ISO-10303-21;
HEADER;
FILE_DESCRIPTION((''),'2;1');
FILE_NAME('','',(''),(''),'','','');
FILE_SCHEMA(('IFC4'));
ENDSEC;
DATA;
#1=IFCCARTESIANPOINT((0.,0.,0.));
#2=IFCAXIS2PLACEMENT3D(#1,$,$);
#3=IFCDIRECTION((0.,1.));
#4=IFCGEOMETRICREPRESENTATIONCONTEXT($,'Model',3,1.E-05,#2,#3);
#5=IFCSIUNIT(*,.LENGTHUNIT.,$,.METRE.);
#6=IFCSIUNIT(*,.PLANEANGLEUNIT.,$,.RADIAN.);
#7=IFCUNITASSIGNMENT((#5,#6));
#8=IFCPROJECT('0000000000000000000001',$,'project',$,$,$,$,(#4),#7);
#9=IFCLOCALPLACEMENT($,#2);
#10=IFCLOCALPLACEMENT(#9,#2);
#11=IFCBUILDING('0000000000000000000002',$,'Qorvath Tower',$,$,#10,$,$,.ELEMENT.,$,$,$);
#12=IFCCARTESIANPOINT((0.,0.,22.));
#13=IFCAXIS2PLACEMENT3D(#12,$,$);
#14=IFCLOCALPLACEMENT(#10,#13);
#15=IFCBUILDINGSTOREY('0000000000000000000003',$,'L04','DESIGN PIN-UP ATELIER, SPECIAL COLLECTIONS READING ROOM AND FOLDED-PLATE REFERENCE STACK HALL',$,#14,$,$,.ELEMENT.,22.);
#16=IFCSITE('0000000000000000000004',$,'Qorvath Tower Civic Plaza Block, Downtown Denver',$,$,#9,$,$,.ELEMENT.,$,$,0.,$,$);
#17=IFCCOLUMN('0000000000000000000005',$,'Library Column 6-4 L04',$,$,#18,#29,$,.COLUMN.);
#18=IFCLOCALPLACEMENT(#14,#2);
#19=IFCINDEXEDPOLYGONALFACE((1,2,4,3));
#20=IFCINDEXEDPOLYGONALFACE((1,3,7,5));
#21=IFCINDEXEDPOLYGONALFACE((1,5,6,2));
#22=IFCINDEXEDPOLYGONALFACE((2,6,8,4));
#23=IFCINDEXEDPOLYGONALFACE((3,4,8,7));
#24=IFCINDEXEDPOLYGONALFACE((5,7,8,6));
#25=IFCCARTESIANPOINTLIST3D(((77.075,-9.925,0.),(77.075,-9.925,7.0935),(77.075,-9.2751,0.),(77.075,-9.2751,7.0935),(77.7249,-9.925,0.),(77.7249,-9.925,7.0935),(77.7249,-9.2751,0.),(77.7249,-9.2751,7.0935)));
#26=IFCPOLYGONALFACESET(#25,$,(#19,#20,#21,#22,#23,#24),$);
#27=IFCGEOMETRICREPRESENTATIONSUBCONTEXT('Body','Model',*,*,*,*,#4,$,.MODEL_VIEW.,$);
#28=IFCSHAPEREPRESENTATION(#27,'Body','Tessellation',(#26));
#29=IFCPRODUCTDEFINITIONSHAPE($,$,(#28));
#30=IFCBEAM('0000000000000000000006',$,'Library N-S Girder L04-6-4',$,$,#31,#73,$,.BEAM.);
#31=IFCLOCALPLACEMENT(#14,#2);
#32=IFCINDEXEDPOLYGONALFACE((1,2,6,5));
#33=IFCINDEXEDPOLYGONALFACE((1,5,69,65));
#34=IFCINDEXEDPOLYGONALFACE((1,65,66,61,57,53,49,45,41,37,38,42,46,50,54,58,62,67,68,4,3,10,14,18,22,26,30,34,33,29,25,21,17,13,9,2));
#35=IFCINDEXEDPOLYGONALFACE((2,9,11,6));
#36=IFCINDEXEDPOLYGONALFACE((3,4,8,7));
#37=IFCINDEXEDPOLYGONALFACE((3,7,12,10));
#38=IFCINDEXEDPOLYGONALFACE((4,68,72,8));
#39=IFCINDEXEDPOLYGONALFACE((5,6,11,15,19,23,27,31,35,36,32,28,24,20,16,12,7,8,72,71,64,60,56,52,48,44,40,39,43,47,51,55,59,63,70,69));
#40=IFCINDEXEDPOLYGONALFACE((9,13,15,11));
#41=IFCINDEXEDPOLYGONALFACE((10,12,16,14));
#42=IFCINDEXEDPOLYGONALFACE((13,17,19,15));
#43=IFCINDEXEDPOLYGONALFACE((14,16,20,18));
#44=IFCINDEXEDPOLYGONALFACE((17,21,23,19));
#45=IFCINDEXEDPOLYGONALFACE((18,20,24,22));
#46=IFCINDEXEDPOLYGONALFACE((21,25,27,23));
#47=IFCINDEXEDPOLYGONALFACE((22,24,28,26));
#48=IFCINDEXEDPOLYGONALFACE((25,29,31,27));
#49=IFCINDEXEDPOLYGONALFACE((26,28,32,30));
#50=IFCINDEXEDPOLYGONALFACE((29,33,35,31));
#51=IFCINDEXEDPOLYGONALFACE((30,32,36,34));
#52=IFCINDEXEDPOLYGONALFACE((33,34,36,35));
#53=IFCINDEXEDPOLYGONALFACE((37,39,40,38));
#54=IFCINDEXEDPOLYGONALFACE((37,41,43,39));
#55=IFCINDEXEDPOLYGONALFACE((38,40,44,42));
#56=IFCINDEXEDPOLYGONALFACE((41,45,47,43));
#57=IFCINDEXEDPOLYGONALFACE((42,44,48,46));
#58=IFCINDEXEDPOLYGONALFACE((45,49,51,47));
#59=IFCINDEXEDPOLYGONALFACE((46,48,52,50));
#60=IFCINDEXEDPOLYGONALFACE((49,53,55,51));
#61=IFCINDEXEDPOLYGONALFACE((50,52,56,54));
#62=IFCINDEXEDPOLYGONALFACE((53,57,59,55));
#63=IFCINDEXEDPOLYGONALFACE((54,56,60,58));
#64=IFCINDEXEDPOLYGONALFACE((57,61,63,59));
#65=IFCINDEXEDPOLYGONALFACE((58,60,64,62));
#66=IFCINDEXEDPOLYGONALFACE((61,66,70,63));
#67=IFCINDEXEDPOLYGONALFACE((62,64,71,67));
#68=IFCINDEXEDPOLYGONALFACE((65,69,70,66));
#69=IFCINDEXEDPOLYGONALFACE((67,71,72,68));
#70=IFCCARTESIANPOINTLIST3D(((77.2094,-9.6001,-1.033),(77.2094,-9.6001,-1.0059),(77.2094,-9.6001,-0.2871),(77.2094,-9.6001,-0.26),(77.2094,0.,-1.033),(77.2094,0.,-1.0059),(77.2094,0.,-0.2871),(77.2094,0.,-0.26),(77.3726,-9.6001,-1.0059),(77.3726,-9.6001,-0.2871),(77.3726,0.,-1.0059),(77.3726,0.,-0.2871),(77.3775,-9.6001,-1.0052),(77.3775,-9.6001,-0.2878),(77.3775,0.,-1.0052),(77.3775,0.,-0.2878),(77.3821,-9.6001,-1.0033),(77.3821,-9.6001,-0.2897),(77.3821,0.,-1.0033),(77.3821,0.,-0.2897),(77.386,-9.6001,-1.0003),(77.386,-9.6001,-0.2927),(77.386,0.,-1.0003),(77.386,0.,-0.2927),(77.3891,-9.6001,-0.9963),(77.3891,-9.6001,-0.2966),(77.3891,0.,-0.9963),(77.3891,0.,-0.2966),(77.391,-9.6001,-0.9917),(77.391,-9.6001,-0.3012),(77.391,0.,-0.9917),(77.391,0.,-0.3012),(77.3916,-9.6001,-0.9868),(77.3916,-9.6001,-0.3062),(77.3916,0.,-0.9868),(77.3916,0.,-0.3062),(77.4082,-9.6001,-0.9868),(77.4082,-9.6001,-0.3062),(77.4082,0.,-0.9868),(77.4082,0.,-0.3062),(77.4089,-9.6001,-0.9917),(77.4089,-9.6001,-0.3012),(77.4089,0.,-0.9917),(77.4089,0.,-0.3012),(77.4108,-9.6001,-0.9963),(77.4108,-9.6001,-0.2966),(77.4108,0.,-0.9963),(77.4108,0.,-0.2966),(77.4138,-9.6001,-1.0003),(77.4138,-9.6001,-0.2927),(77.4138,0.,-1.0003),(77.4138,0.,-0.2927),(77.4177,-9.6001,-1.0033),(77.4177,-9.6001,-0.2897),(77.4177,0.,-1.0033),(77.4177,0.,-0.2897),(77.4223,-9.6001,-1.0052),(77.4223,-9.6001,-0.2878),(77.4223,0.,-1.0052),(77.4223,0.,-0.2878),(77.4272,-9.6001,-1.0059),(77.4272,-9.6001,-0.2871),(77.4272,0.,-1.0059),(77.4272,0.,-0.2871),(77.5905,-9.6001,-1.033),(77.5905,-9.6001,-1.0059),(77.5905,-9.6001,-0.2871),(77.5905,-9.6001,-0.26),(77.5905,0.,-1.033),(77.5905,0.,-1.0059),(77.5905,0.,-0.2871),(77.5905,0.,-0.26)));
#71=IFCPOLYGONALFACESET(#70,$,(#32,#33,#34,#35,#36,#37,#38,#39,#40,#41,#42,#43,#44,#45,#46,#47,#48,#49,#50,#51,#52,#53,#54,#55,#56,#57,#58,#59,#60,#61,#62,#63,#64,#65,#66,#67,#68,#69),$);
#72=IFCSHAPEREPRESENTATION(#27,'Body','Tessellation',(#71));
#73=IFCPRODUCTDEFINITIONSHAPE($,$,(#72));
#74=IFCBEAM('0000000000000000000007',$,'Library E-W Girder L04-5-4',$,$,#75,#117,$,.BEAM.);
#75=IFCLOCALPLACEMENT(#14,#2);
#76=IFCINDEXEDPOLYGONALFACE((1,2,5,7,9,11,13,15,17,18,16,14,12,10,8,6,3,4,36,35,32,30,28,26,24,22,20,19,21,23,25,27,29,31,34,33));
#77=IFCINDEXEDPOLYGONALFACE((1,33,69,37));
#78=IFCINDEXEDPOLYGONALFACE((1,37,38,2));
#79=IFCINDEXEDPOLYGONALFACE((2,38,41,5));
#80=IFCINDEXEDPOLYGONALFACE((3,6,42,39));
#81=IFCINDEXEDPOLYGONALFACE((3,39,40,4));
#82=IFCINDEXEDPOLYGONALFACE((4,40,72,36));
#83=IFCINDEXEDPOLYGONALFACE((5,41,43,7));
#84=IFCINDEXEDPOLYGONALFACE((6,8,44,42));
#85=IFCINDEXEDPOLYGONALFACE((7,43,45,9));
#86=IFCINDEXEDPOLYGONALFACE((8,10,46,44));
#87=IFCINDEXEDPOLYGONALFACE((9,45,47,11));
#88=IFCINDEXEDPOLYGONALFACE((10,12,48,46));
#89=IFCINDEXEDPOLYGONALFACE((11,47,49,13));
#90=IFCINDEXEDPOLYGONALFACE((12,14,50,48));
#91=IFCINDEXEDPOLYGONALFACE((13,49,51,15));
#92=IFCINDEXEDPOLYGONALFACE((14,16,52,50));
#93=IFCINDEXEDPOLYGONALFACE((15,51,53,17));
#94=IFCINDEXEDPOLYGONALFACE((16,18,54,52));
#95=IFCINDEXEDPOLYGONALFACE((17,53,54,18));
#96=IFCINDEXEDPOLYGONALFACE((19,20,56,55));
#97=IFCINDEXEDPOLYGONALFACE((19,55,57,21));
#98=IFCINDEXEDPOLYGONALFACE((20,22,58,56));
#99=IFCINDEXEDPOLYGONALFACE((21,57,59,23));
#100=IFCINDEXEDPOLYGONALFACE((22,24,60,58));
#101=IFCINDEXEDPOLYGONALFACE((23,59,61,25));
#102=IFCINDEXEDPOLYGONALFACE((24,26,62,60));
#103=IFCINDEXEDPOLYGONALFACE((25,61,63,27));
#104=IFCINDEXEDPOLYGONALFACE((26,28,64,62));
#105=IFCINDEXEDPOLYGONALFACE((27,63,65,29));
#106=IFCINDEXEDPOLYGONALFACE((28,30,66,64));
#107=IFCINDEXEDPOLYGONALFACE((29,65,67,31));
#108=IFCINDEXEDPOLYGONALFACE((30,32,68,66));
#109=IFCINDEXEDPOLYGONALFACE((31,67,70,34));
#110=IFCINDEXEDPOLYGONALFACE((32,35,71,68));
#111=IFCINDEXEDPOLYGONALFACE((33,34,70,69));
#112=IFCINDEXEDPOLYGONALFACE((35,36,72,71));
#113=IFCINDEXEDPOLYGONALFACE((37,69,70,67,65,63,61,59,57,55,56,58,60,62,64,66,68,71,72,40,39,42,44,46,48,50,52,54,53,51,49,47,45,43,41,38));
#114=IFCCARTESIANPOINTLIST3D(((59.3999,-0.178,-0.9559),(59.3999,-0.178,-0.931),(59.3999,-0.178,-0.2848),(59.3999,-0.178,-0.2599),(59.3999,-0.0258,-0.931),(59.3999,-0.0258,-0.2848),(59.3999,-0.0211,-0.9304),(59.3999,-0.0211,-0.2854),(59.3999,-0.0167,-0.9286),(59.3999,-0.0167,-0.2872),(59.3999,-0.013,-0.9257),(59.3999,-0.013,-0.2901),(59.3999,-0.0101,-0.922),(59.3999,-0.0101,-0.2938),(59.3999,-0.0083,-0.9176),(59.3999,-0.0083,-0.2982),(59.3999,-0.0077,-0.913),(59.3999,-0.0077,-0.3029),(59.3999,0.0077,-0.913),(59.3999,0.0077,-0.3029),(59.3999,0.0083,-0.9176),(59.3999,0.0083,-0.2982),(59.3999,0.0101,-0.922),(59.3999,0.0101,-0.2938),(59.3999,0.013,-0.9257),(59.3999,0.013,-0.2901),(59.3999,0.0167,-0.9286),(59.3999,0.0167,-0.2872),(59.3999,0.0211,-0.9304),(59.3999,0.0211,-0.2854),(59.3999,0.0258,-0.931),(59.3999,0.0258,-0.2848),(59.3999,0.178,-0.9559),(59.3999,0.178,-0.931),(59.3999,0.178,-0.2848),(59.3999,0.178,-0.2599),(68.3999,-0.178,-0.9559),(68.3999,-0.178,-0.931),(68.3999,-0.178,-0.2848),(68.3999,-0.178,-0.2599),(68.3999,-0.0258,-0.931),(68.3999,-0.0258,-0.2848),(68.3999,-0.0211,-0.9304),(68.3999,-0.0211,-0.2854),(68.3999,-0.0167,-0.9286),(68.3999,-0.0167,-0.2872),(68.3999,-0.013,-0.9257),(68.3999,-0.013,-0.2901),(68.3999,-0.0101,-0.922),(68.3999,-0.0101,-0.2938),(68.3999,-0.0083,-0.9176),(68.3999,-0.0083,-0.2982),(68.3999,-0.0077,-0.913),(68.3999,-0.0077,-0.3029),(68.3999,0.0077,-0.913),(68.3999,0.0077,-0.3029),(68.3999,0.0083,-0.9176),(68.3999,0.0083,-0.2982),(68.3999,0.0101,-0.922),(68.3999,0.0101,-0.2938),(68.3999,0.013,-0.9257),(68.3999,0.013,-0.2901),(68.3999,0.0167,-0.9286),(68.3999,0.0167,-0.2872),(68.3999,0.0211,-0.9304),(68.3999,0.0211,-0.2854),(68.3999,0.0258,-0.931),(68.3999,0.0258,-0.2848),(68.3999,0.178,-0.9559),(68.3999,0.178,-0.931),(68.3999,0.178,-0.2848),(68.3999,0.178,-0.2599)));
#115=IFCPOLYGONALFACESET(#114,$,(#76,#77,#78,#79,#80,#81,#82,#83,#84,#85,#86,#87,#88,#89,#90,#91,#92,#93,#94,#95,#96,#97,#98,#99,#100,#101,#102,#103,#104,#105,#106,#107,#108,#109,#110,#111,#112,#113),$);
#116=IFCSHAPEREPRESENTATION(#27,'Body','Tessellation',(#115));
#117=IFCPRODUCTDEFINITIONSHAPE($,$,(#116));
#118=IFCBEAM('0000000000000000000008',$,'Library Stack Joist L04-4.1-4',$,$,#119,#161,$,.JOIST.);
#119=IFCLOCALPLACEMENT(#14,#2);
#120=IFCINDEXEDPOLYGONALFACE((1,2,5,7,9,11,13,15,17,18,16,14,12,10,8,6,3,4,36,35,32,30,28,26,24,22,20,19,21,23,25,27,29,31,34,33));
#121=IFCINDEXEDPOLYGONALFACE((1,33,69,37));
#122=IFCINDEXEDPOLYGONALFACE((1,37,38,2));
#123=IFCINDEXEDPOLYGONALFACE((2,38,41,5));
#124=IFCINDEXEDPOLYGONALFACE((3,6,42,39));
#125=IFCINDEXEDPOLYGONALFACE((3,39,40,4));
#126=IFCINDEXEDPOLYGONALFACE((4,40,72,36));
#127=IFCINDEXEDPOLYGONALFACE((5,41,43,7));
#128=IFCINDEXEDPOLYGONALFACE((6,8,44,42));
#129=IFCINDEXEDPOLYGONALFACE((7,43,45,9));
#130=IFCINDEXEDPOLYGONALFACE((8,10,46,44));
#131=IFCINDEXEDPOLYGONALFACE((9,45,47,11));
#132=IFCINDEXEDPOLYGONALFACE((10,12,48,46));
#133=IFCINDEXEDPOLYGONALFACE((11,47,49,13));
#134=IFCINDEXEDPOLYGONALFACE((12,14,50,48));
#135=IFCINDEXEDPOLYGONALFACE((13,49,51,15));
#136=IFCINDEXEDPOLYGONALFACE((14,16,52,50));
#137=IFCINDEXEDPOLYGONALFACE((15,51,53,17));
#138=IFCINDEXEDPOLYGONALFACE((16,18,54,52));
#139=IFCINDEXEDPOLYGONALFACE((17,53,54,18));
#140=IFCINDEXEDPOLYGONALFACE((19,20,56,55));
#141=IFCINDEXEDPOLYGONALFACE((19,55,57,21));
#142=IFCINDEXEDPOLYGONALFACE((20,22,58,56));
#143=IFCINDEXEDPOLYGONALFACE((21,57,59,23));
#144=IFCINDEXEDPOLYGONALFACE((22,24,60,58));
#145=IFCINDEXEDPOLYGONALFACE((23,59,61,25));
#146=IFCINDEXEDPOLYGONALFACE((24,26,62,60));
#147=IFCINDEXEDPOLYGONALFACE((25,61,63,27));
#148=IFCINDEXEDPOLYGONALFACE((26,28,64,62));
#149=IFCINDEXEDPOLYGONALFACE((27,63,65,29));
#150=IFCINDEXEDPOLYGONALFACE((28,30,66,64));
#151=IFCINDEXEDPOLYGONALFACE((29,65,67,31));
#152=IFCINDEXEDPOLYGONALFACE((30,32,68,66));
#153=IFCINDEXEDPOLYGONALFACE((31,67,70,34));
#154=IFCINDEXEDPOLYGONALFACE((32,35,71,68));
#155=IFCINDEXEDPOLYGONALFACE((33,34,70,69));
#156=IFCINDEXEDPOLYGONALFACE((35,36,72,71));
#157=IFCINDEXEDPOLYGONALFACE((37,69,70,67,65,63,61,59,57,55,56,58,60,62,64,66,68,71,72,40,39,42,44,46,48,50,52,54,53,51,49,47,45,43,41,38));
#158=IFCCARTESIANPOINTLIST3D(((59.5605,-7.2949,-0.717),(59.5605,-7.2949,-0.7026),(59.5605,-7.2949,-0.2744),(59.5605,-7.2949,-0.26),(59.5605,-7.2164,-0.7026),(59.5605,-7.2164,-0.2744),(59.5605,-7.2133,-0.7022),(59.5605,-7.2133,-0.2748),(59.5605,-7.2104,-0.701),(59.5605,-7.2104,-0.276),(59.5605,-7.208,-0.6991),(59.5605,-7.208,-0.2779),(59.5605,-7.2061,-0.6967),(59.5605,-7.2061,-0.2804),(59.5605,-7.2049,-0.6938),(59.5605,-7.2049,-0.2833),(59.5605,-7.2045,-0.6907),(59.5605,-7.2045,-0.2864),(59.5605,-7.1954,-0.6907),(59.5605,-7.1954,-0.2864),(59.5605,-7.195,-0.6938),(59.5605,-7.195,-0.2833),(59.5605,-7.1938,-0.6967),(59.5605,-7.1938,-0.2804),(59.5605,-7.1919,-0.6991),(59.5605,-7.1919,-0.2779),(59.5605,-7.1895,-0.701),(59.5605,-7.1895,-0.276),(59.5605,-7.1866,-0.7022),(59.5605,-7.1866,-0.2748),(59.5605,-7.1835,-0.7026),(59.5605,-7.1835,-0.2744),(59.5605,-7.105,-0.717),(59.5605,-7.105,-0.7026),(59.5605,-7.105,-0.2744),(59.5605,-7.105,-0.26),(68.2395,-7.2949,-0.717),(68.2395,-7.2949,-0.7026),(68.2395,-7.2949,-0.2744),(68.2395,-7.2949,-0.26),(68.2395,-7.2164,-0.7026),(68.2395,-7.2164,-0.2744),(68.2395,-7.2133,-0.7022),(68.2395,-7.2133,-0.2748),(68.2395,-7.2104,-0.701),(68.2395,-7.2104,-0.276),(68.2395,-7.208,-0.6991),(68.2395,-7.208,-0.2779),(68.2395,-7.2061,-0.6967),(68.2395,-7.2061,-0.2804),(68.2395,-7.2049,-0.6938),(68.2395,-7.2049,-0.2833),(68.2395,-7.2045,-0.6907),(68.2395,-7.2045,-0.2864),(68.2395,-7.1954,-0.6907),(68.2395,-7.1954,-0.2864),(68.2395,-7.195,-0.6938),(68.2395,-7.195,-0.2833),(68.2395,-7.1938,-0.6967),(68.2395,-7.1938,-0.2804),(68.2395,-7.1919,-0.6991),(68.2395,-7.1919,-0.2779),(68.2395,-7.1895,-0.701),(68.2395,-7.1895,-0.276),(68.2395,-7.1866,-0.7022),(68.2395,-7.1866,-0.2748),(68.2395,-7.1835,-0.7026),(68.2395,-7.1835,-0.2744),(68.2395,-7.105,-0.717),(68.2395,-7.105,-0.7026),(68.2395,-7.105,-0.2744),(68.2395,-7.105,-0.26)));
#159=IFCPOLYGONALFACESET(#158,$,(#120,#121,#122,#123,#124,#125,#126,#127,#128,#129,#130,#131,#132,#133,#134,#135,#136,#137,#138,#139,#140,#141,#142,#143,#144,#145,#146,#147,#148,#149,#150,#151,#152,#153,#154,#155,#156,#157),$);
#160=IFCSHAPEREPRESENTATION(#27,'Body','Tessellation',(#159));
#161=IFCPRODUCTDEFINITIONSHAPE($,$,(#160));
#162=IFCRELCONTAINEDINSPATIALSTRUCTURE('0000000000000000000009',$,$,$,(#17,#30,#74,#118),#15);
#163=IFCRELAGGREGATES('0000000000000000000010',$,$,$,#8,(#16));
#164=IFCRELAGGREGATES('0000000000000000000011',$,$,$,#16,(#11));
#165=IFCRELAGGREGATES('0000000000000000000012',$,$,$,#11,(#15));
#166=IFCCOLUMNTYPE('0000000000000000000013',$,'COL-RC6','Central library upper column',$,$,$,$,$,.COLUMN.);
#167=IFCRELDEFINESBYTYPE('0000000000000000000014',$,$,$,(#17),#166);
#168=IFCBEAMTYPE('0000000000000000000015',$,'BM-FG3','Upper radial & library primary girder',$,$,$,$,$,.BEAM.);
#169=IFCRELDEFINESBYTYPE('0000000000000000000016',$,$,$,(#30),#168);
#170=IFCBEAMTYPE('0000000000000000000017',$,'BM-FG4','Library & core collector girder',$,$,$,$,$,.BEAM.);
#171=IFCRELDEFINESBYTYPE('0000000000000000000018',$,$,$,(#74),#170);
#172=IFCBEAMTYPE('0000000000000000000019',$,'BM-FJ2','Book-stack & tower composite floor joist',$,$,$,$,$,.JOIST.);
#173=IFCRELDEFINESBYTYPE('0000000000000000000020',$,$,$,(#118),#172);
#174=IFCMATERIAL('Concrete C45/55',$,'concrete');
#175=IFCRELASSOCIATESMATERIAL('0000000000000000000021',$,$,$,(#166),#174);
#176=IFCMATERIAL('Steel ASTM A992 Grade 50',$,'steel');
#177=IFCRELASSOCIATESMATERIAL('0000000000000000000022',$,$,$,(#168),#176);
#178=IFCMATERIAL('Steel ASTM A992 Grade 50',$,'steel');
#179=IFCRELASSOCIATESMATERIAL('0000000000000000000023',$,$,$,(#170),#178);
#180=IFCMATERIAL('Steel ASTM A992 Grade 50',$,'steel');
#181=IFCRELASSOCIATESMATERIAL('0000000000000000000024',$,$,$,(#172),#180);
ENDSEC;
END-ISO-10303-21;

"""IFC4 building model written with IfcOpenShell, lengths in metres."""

from ifc_helpers import new_model, si_unit, direction, frame, origin, origin_2d, place, context, subcontext, project, spatial, rectangle, i_section, extrude, material, material_profile, profile_set, type_object, element, save


model = new_model("IFC4")

# Units and contexts
model_context = context("Model", 3, precision=1e-05, world=origin(), true_north=direction((0.0, 1.0)))
body_context = subcontext(model_context, "Body", "Model", "MODEL_VIEW")
ifc_project = project(units=[si_unit("LENGTHUNIT", "METRE"), si_unit("PLANEANGLEUNIT", "RADIAN")], contexts=[model_context])

# Site, building, storey
site_placement = place(None, origin())
site = spatial("IfcSite", under=ifc_project, at=site_placement, Name="Qorvath Tower Civic Plaza Block, Downtown Denver", CompositionType="ELEMENT", RefElevation=0.0)
building_placement = place(site_placement, origin())
building = spatial("IfcBuilding", under=site, at=building_placement, Name="Qorvath Tower", CompositionType="ELEMENT")
storey_placement = place(building_placement, frame((0.0, 0.0, 22.0)))
storey = spatial("IfcBuildingStorey", under=building, at=storey_placement, Name="L04", Description="DESIGN PIN-UP ATELIER, SPECIAL COLLECTIONS READING ROOM AND FOLDED-PLATE REFERENCE STACK HALL", CompositionType="ELEMENT", Elevation=22.0)

# Column
ifc_material_1 = material(Name="Concrete C45/55", Category="concrete")
ifc_material_profile_1 = material_profile(ifc_material_1, rectangle(XDim=0.6499, YDim=0.6499, at=origin_2d()), Name="RC 650x650")
ifc_profile_set_1 = profile_set([ifc_material_profile_1], Name="Concrete C45/55")
column_type = type_object("IfcColumnType", Name="COL-RC6", Description="Central library upper column", PredefinedType="COLUMN", material=ifc_profile_set_1)
column_placement = place(storey_placement, frame((77.3999, -9.6001, 0.0), z_axis=(0.0, 0.0, 1.0), x_axis=(1.0, 0.0, 0.0)))
element("IfcColumn", 1, at=column_placement, inside=storey, type_object=column_type, Name="Library Column 6-4 L04", PredefinedType="COLUMN", context=body_context, shape_type="SweptSolid", body=[
    extrude(rectangle(XDim=0.6499, YDim=0.6499, at=origin_2d()), origin(), (0.0, 0.0, 1.0), 7.0935),
])

# Beams
ifc_material_2 = material(Name="Steel ASTM A992 Grade 50", Category="steel")
ifc_material_profile_2 = material_profile(ifc_material_2, i_section(OverallWidth=0.3811, OverallDepth=0.7729, WebThickness=0.0166, FlangeThickness=0.0271, FilletRadius=0.019, at=origin_2d()), Name="W30x173")
ifc_profile_set_2 = profile_set([ifc_material_profile_2], Name="Steel ASTM A992 Grade 50")
beam_type_1 = type_object("IfcBeamType", Name="BM-FG3", Description="Upper radial & library primary girder", PredefinedType="BEAM", material=ifc_profile_set_2)
beam_1_placement = place(storey_placement, frame((77.3999, -9.6001, -0.6465), z_axis=(0.0, 1.0, 0.0), x_axis=(-1.0, 0.0, 0.0)))
element("IfcBeam", 2, at=beam_1_placement, inside=storey, type_object=beam_type_1, Name="Library N-S Girder L04-6-4", PredefinedType="BEAM", context=body_context, shape_type="SweptSolid", body=[
    extrude(i_section(OverallWidth=0.3811, OverallDepth=0.7729, WebThickness=0.0166, FlangeThickness=0.0271, FilletRadius=0.019, at=origin_2d()), origin(), (0.0, 0.0, 1.0), 9.6001),
])
ifc_material_3 = material(Name="Steel ASTM A992 Grade 50", Category="steel")
ifc_material_profile_3 = material_profile(ifc_material_3, i_section(OverallWidth=0.356, OverallDepth=0.696, WebThickness=0.0154, FlangeThickness=0.0249, FilletRadius=0.0181, at=origin_2d()), Name="W27x146")
ifc_profile_set_3 = profile_set([ifc_material_profile_3], Name="Steel ASTM A992 Grade 50")
beam_type_2 = type_object("IfcBeamType", Name="BM-FG4", Description="Library & core collector girder", PredefinedType="BEAM", material=ifc_profile_set_3)
beam_2_placement = place(storey_placement, frame((59.3999, 0.0, -0.6079), z_axis=(1.0, 0.0, 0.0), x_axis=(0.0, 1.0, 0.0)))
element("IfcBeam", 3, at=beam_2_placement, inside=storey, type_object=beam_type_2, Name="Library E-W Girder L04-5-4", PredefinedType="BEAM", context=body_context, shape_type="SweptSolid", body=[
    extrude(i_section(OverallWidth=0.356, OverallDepth=0.696, WebThickness=0.0154, FlangeThickness=0.0249, FilletRadius=0.0181, at=origin_2d()), origin(), (0.0, 0.0, 1.0), 9.0),
])
ifc_material_4 = material(Name="Steel ASTM A992 Grade 50", Category="steel")
ifc_material_profile_4 = material_profile(ifc_material_4, i_section(OverallWidth=0.1899, OverallDepth=0.457, WebThickness=0.009, FlangeThickness=0.0144, FilletRadius=0.012, at=origin_2d()), Name="W18x50")
ifc_profile_set_4 = profile_set([ifc_material_profile_4], Name="Steel ASTM A992 Grade 50")
beam_type_3 = type_object("IfcBeamType", Name="BM-FJ2", Description="Book-stack & tower composite floor joist", PredefinedType="JOIST", material=ifc_profile_set_4)
beam_3_placement = place(storey_placement, frame((59.5605, -7.2, -0.4885), z_axis=(1.0, 0.0, 0.0), x_axis=(0.0, 1.0, 0.0)))
element("IfcBeam", 4, at=beam_3_placement, inside=storey, type_object=beam_type_3, Name="Library Stack Joist L04-4.1-4", PredefinedType="JOIST", context=body_context, shape_type="SweptSolid", body=[
    extrude(i_section(OverallWidth=0.1899, OverallDepth=0.457, WebThickness=0.009, FlangeThickness=0.0144, FilletRadius=0.012, at=origin_2d()), origin(), (0.0, 0.0, 1.0), 8.679),
])

save(model, "model.ifc")
